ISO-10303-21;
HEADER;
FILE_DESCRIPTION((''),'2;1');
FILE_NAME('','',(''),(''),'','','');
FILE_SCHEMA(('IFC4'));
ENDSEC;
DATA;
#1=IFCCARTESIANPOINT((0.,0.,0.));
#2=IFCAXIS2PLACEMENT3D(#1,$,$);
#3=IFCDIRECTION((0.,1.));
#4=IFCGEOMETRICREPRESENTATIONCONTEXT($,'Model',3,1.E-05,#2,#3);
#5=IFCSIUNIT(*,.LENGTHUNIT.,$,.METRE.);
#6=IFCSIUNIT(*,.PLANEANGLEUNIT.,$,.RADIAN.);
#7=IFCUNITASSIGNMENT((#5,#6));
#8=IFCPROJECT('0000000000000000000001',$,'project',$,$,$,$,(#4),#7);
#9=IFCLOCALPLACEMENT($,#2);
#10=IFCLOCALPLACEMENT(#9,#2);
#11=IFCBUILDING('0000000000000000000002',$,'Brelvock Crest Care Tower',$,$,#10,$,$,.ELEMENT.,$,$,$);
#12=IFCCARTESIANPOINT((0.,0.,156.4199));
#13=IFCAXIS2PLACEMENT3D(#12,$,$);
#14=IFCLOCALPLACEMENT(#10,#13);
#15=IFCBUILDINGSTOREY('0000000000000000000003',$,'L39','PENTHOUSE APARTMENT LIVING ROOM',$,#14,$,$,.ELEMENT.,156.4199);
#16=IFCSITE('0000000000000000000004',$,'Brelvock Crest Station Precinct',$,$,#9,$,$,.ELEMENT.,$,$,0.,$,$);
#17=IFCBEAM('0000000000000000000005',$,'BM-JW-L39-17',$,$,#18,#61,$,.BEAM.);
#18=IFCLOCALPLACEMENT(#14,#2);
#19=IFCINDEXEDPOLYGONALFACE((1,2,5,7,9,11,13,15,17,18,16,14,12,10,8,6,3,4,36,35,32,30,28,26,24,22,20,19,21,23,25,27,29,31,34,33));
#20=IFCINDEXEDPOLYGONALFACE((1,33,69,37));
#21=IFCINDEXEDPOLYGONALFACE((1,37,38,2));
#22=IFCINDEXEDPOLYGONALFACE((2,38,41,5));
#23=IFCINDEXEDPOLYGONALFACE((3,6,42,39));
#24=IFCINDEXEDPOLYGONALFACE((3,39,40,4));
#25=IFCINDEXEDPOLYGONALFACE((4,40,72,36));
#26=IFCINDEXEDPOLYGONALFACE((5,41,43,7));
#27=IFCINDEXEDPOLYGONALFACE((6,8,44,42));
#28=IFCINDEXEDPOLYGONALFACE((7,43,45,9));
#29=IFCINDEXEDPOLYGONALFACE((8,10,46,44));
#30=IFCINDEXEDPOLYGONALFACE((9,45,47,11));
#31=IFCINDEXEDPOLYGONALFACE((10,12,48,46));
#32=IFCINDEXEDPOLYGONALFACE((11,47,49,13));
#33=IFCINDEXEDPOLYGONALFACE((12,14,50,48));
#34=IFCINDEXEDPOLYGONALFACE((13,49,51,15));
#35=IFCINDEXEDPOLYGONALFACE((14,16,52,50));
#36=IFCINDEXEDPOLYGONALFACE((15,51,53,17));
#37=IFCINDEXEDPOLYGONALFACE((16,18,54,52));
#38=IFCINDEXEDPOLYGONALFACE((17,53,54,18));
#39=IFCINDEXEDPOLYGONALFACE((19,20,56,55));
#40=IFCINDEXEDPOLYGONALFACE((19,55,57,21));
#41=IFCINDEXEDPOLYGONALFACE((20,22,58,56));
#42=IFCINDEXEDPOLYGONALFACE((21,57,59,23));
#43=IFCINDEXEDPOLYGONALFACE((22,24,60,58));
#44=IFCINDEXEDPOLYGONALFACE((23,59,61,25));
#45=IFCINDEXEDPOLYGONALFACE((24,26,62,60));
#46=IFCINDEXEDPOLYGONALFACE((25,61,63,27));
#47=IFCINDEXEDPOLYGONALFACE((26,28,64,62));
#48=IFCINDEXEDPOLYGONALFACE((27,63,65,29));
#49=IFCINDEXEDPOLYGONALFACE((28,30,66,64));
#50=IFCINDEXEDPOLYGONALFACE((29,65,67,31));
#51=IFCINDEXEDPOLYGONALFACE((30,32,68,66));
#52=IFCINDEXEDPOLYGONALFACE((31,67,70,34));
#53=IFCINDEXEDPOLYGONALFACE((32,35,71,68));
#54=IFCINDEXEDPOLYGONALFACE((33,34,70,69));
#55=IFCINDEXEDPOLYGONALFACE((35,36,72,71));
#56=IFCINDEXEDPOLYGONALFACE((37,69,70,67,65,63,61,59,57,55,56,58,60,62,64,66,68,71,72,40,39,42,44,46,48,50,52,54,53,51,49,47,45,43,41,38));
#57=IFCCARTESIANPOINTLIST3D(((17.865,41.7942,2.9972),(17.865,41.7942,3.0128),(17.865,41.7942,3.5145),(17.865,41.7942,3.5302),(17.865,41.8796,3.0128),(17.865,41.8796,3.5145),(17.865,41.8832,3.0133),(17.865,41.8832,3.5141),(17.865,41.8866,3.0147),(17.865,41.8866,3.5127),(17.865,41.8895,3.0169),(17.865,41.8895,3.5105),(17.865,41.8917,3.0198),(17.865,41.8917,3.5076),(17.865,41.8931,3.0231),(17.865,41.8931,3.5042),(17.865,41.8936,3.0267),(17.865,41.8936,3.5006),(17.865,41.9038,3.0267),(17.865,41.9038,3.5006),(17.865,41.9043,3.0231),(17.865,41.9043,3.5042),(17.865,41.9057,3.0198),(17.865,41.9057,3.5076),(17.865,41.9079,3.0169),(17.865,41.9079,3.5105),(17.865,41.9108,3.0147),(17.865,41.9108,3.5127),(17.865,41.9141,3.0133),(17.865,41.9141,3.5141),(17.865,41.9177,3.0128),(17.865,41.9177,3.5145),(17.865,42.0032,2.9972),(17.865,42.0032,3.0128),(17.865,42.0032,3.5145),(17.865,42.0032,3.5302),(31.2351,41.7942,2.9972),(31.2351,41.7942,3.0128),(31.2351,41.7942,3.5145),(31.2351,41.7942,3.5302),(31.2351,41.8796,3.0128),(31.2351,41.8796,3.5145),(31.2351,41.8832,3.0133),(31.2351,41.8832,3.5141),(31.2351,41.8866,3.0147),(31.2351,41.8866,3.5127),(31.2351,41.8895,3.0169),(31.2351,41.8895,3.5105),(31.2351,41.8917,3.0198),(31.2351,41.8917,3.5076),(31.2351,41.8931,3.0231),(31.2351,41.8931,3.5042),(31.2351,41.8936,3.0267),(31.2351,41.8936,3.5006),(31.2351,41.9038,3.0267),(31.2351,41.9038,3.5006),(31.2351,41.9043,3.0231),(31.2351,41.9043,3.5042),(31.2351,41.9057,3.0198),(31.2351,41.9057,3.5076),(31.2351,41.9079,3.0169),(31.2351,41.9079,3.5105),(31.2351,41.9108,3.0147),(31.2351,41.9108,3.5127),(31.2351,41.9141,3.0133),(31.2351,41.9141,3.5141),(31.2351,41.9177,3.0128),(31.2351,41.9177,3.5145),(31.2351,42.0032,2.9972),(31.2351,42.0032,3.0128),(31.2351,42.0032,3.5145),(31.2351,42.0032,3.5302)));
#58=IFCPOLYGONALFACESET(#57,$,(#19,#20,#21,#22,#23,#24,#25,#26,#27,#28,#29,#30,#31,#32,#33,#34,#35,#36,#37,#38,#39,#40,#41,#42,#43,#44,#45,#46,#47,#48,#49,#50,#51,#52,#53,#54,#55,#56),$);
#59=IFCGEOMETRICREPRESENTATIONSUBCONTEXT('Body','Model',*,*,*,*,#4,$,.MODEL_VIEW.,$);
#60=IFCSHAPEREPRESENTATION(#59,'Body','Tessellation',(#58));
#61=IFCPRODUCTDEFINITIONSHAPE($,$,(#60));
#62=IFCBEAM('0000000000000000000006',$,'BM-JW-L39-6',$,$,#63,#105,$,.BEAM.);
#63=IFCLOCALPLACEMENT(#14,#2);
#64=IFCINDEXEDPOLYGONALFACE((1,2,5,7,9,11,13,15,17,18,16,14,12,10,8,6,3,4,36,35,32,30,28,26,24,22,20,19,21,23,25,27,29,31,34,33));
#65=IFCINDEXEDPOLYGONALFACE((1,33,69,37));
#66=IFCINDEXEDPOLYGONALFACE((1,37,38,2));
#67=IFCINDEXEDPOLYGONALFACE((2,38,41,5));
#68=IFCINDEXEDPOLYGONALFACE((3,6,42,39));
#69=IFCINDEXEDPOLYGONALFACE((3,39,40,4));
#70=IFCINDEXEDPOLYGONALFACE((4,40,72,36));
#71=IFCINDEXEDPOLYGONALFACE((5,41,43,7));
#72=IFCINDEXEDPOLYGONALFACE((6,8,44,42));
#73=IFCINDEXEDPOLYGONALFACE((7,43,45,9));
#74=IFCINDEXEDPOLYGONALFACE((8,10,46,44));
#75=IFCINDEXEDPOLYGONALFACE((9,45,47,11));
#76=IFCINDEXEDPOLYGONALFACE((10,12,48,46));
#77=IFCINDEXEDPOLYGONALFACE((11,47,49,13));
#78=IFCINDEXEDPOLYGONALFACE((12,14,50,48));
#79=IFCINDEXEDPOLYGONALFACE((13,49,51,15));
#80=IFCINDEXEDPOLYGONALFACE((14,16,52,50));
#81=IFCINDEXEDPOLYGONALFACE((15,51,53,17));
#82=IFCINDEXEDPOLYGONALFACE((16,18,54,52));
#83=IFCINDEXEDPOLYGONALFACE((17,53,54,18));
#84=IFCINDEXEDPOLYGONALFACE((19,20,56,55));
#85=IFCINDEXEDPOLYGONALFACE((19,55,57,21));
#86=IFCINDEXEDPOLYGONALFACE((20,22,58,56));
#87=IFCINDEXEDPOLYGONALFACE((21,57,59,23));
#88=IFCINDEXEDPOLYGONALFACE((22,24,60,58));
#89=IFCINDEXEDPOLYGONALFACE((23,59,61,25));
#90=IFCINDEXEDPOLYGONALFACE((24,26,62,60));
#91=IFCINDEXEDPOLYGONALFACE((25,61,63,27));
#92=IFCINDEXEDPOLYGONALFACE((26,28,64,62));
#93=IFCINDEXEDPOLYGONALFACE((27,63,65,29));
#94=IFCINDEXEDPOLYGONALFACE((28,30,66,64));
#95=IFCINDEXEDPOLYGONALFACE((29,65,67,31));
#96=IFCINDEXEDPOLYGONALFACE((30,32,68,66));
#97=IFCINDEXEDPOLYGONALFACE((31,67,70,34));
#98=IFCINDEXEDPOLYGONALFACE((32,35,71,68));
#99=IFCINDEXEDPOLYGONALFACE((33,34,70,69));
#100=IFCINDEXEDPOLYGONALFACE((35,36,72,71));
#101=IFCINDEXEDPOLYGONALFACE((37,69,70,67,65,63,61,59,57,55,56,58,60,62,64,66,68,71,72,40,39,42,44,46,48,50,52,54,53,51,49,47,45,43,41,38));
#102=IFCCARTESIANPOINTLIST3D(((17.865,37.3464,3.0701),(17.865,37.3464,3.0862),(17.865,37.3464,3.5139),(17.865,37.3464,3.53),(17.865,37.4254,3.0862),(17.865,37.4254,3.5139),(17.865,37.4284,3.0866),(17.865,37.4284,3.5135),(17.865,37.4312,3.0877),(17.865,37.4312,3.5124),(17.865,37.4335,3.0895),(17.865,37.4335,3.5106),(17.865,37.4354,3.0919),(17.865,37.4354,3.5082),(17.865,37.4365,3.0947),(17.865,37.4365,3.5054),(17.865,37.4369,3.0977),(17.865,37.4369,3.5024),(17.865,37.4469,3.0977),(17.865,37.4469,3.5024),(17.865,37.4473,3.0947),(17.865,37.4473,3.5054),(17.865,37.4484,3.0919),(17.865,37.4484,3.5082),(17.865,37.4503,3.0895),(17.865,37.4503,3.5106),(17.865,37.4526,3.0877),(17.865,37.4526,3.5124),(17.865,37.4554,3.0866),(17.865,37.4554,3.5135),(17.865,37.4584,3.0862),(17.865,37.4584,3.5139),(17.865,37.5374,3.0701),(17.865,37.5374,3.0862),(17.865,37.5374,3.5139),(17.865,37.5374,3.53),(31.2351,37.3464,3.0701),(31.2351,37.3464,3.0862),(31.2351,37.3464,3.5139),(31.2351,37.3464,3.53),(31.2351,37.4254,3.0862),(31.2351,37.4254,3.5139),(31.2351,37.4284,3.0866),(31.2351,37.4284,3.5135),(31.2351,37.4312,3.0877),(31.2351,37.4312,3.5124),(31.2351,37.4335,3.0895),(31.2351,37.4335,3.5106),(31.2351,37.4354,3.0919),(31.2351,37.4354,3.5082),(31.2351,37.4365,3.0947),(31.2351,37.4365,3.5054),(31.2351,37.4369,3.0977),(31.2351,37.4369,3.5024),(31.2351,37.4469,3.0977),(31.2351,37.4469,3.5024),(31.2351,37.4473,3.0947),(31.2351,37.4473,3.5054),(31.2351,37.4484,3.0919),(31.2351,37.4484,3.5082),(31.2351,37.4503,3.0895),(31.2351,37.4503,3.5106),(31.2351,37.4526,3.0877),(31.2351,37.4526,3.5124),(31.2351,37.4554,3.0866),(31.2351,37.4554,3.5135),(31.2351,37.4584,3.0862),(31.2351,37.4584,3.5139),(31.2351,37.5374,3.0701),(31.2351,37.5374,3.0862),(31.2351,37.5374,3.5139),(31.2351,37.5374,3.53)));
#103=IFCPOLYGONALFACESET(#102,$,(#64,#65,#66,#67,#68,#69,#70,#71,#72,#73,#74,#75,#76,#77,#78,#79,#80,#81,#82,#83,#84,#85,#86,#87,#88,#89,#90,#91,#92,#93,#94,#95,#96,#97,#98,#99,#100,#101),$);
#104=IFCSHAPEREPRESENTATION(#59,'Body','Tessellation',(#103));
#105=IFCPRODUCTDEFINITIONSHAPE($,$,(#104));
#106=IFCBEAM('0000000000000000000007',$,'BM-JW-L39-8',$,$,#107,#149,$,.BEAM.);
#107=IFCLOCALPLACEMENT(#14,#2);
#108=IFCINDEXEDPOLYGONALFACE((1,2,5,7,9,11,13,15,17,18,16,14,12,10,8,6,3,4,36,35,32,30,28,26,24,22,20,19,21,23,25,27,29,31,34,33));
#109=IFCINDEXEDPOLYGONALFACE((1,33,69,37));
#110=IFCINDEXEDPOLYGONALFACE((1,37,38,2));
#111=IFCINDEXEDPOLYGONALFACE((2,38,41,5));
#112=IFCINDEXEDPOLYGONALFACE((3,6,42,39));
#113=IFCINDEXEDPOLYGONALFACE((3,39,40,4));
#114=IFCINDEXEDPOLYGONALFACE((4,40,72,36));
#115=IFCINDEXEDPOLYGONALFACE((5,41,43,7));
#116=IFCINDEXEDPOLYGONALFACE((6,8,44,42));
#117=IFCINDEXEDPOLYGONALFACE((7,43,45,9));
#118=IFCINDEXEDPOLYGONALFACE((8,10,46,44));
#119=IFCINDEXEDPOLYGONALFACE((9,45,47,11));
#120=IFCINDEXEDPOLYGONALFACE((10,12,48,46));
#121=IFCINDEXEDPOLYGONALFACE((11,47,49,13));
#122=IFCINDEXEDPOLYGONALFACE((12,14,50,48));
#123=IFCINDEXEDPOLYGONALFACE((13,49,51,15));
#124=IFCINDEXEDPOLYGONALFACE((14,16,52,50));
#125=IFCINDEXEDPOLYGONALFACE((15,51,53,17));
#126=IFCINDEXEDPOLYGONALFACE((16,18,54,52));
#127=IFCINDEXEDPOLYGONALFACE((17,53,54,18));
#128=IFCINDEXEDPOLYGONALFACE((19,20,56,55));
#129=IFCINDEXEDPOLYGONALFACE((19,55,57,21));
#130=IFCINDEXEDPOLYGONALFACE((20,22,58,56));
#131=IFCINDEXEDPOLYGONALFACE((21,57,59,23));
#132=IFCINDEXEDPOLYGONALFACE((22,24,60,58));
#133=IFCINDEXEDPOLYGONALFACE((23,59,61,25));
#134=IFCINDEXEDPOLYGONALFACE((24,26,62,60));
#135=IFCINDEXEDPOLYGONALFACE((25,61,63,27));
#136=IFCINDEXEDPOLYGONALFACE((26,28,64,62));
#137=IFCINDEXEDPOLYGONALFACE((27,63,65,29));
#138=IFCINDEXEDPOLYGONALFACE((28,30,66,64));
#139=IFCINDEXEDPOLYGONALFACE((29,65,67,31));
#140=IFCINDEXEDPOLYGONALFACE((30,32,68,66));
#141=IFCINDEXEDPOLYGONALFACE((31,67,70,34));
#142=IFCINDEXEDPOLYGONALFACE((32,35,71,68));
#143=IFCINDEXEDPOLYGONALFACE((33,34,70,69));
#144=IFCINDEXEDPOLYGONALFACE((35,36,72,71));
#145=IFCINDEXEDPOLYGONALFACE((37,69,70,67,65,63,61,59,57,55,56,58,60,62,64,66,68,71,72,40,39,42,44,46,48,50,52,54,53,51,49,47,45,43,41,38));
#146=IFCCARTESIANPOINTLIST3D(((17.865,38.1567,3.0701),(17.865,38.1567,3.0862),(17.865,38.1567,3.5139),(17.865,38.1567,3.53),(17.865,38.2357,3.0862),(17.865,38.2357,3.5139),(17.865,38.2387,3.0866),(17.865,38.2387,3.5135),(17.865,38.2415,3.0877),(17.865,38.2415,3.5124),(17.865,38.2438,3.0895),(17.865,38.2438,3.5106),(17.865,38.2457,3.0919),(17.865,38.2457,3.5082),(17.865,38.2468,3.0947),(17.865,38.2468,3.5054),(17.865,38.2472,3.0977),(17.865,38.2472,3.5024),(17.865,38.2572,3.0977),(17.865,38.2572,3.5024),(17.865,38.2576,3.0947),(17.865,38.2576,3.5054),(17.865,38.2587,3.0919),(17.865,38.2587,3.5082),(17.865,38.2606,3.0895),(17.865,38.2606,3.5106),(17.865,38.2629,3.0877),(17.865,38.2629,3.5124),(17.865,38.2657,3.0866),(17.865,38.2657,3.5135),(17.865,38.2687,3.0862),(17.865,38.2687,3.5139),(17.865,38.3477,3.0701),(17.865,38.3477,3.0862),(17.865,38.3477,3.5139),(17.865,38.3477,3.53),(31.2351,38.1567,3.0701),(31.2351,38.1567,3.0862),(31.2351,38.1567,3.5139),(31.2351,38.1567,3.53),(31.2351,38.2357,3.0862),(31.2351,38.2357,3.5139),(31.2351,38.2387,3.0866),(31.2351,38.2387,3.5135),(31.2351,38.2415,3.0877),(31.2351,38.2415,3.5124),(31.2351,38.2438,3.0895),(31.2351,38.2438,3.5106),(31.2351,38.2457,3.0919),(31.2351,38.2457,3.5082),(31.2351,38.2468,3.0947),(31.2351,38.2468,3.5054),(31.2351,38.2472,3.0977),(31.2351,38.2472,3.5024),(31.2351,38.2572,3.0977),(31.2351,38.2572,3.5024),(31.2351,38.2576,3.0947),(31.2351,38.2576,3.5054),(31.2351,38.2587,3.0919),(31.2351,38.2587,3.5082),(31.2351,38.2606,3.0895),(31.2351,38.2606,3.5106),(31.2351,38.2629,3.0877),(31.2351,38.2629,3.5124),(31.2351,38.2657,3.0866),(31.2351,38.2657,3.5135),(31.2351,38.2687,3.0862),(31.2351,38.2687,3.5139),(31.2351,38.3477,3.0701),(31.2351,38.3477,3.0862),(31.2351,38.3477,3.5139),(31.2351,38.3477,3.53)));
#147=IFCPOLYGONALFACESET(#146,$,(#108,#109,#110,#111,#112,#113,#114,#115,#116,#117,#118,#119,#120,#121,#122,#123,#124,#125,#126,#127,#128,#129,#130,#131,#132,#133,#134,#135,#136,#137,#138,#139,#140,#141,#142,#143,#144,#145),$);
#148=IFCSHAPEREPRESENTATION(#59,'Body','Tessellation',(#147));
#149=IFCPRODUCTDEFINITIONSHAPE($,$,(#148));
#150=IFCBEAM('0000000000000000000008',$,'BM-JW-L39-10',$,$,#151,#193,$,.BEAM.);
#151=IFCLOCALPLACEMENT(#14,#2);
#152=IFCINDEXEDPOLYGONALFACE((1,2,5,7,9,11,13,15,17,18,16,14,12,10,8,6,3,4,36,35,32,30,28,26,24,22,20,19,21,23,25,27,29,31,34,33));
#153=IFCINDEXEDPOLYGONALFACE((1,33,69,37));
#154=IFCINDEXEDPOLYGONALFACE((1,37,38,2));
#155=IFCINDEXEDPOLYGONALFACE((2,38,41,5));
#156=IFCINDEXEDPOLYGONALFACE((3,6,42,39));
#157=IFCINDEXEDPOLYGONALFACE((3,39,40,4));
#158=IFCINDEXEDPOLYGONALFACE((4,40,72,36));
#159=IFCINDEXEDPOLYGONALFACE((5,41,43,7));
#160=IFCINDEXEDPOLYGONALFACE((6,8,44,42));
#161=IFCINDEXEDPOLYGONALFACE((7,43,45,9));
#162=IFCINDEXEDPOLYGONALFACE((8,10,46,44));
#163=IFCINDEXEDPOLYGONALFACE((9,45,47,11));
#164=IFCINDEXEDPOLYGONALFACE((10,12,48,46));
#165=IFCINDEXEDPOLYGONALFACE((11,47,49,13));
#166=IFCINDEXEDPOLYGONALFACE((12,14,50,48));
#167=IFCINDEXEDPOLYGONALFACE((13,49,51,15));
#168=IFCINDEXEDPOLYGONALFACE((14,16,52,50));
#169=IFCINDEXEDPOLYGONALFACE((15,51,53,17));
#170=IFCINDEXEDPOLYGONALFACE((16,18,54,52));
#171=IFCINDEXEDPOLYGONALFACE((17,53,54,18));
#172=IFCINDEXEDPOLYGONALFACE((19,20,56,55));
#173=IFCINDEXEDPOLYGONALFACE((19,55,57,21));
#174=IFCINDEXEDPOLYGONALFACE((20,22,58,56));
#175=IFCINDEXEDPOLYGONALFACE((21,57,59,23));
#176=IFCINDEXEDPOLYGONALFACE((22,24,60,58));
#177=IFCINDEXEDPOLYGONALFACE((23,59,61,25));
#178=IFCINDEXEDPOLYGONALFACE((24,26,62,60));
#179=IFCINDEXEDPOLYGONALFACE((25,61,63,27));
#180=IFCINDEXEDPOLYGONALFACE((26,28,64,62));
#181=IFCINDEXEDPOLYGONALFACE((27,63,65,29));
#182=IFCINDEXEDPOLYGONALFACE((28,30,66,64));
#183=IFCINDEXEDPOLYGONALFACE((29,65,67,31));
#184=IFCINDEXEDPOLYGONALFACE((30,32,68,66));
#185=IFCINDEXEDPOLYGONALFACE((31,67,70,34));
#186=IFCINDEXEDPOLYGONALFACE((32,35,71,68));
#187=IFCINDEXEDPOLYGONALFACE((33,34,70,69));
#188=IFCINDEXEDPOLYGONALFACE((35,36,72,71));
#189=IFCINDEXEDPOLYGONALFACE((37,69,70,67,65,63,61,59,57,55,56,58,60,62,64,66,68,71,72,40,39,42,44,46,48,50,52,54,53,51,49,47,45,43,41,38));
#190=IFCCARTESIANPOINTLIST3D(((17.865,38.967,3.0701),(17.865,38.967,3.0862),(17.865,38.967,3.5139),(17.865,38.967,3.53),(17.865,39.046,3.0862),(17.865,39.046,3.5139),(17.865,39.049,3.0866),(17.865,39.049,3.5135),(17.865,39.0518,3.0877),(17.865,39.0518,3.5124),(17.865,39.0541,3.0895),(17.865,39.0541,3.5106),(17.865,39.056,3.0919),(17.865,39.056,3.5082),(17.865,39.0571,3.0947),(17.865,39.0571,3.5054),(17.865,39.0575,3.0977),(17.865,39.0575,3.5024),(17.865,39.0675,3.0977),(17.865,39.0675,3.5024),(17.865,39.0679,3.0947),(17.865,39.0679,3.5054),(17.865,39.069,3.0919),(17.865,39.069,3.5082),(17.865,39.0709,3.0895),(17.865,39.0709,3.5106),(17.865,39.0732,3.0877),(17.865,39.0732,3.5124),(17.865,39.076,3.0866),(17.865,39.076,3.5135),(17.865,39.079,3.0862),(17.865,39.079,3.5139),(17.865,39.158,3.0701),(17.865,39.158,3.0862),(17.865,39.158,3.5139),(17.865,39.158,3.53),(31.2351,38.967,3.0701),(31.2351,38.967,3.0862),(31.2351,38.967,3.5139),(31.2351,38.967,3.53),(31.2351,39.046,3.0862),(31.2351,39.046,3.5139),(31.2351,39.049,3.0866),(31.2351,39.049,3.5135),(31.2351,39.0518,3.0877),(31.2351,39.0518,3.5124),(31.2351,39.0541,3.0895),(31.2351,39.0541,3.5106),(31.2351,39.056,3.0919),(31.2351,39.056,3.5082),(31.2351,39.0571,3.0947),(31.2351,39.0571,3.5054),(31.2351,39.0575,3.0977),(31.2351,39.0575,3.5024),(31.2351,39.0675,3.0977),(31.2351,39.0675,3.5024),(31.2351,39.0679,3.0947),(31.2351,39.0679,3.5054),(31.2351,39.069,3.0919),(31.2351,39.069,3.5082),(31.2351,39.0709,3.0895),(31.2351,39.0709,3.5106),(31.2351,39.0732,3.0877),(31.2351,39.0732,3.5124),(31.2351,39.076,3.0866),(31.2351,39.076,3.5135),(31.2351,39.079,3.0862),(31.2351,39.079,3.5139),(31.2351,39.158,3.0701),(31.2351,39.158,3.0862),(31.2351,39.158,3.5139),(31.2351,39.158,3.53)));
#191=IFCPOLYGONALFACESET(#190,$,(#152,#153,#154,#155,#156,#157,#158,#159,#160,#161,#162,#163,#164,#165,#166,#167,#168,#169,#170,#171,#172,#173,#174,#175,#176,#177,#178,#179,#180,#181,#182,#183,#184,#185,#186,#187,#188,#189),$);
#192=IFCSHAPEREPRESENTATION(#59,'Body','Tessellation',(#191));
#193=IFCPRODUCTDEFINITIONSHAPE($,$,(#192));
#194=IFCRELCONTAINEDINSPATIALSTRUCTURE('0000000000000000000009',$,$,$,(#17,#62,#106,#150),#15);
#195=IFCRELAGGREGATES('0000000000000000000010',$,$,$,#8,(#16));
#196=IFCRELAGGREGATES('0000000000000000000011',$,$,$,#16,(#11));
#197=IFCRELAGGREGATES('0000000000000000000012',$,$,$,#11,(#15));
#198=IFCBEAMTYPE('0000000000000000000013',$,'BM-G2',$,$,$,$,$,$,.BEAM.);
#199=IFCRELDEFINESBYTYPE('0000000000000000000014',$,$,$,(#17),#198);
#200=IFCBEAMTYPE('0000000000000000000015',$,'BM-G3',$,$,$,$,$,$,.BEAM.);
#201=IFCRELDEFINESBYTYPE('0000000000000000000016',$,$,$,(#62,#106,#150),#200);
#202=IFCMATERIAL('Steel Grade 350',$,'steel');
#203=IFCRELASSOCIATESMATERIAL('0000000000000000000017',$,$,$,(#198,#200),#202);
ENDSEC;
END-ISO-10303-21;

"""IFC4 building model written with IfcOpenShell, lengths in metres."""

from ifc_helpers import new_model, si_unit, direction, frame, origin, origin_2d, place, context, subcontext, project, spatial, i_section, extrude, source, transform, mapped, material, material_profile, profile_set, type_object, element, save


model = new_model("IFC4")

# Units and contexts
model_context = context("Model", 3, precision=1e-05, world=origin(), true_north=direction((0.0, 1.0)))
body_context = subcontext(model_context, "Body", "Model", "MODEL_VIEW")
ifc_project = project(units=[si_unit("LENGTHUNIT", "METRE"), si_unit("PLANEANGLEUNIT", "RADIAN")], contexts=[model_context])

# Site, building, storey
site_placement = place(None, origin())
site = spatial("IfcSite", under=ifc_project, at=site_placement, Name="Brelvock Crest Station Precinct", CompositionType="ELEMENT", RefElevation=0.0)
building_placement = place(site_placement, origin())
building = spatial("IfcBuilding", under=site, at=building_placement, Name="Brelvock Crest Care Tower", CompositionType="ELEMENT")
storey_placement = place(building_placement, frame((0.0, 0.0, 156.4199)))
storey = spatial("IfcBuildingStorey", under=building, at=storey_placement, Name="L39", Description="PENTHOUSE APARTMENT LIVING ROOM", CompositionType="ELEMENT", Elevation=156.4199)

# Shared definitions
ifc_material_1 = material(Name="Steel Grade 350", Category="steel")

# Beams
ifc_material_profile_1 = material_profile(ifc_material_1, i_section(OverallWidth=0.209, OverallDepth=0.533, WebThickness=0.0103, FlangeThickness=0.0156, FilletRadius=0.0139, at=origin_2d()), Name="530UB92.4")
ifc_profile_set_1 = profile_set([ifc_material_profile_1], Name="Steel Grade 350")
beam_type_1 = type_object("IfcBeamType", Name="BM-G2", PredefinedType="BEAM", material=ifc_profile_set_1)
shared_shape_1 = source(origin(), body_context, "Body", "SweptSolid", [
    extrude(i_section(OverallWidth=0.209, OverallDepth=0.533, WebThickness=0.0103, FlangeThickness=0.0156, FilletRadius=0.0139, at=origin_2d()), origin(), (0.0, 0.0, 1.0), 13.3701),
])
for number, where, z_axis, x_axis, name in (
    (1, (17.865, 41.8987, 3.2637), (1.0, 0.0, 0.0), (0.0, 1.0, 0.0), "BM-JW-L39-17"),
):
    element("IfcBeam", number, at=place(storey_placement, frame(where, z_axis=z_axis, x_axis=x_axis)), inside=storey, type_object=beam_type_1, Name=name, PredefinedType="BEAM", context=body_context, shape_type="MappedRepresentation", body=[
        mapped(shared_shape_1, transform((0.0, 0.0, 0.0), x_axis=(1.0, 0.0, 0.0), y_axis=(0.0, 1.0, 0.0), z_axis=(0.0, 0.0, 1.0), scale=1.0)),
    ])
ifc_material_profile_2 = material_profile(ifc_material_1, i_section(OverallWidth=0.1909, OverallDepth=0.46, WebThickness=0.01, FlangeThickness=0.0161, FilletRadius=0.0115, at=origin_2d()), Name="460UB82.1")
ifc_profile_set_2 = profile_set([ifc_material_profile_2], Name="Steel Grade 350")
beam_type_2 = type_object("IfcBeamType", Name="BM-G3", PredefinedType="BEAM", material=ifc_profile_set_2)
shared_shape_2 = source(origin(), body_context, "Body", "SweptSolid", [
    extrude(i_section(OverallWidth=0.1909, OverallDepth=0.46, WebThickness=0.01, FlangeThickness=0.0161, FilletRadius=0.0115, at=origin_2d()), origin(), (0.0, 0.0, 1.0), 13.3701),
])
for number, where, z_axis, x_axis, name in (
    (2, (17.865, 37.4419, 3.3), (1.0, 0.0, 0.0), (0.0, 1.0, 0.0), "BM-JW-L39-6"),
    (3, (17.865, 38.2522, 3.3), (1.0, 0.0, 0.0), (0.0, 1.0, 0.0), "BM-JW-L39-8"),
    (4, (17.865, 39.0625, 3.3), (1.0, 0.0, 0.0), (0.0, 1.0, 0.0), "BM-JW-L39-10"),
):
    element("IfcBeam", number, at=place(storey_placement, frame(where, z_axis=z_axis, x_axis=x_axis)), inside=storey, type_object=beam_type_2, Name=name, PredefinedType="BEAM", context=body_context, shape_type="MappedRepresentation", body=[
        mapped(shared_shape_2, transform((0.0, 0.0, 0.0), x_axis=(1.0, 0.0, 0.0), y_axis=(0.0, 1.0, 0.0), z_axis=(0.0, 0.0, 1.0), scale=1.0)),
    ])

save(model, "model.ifc")
